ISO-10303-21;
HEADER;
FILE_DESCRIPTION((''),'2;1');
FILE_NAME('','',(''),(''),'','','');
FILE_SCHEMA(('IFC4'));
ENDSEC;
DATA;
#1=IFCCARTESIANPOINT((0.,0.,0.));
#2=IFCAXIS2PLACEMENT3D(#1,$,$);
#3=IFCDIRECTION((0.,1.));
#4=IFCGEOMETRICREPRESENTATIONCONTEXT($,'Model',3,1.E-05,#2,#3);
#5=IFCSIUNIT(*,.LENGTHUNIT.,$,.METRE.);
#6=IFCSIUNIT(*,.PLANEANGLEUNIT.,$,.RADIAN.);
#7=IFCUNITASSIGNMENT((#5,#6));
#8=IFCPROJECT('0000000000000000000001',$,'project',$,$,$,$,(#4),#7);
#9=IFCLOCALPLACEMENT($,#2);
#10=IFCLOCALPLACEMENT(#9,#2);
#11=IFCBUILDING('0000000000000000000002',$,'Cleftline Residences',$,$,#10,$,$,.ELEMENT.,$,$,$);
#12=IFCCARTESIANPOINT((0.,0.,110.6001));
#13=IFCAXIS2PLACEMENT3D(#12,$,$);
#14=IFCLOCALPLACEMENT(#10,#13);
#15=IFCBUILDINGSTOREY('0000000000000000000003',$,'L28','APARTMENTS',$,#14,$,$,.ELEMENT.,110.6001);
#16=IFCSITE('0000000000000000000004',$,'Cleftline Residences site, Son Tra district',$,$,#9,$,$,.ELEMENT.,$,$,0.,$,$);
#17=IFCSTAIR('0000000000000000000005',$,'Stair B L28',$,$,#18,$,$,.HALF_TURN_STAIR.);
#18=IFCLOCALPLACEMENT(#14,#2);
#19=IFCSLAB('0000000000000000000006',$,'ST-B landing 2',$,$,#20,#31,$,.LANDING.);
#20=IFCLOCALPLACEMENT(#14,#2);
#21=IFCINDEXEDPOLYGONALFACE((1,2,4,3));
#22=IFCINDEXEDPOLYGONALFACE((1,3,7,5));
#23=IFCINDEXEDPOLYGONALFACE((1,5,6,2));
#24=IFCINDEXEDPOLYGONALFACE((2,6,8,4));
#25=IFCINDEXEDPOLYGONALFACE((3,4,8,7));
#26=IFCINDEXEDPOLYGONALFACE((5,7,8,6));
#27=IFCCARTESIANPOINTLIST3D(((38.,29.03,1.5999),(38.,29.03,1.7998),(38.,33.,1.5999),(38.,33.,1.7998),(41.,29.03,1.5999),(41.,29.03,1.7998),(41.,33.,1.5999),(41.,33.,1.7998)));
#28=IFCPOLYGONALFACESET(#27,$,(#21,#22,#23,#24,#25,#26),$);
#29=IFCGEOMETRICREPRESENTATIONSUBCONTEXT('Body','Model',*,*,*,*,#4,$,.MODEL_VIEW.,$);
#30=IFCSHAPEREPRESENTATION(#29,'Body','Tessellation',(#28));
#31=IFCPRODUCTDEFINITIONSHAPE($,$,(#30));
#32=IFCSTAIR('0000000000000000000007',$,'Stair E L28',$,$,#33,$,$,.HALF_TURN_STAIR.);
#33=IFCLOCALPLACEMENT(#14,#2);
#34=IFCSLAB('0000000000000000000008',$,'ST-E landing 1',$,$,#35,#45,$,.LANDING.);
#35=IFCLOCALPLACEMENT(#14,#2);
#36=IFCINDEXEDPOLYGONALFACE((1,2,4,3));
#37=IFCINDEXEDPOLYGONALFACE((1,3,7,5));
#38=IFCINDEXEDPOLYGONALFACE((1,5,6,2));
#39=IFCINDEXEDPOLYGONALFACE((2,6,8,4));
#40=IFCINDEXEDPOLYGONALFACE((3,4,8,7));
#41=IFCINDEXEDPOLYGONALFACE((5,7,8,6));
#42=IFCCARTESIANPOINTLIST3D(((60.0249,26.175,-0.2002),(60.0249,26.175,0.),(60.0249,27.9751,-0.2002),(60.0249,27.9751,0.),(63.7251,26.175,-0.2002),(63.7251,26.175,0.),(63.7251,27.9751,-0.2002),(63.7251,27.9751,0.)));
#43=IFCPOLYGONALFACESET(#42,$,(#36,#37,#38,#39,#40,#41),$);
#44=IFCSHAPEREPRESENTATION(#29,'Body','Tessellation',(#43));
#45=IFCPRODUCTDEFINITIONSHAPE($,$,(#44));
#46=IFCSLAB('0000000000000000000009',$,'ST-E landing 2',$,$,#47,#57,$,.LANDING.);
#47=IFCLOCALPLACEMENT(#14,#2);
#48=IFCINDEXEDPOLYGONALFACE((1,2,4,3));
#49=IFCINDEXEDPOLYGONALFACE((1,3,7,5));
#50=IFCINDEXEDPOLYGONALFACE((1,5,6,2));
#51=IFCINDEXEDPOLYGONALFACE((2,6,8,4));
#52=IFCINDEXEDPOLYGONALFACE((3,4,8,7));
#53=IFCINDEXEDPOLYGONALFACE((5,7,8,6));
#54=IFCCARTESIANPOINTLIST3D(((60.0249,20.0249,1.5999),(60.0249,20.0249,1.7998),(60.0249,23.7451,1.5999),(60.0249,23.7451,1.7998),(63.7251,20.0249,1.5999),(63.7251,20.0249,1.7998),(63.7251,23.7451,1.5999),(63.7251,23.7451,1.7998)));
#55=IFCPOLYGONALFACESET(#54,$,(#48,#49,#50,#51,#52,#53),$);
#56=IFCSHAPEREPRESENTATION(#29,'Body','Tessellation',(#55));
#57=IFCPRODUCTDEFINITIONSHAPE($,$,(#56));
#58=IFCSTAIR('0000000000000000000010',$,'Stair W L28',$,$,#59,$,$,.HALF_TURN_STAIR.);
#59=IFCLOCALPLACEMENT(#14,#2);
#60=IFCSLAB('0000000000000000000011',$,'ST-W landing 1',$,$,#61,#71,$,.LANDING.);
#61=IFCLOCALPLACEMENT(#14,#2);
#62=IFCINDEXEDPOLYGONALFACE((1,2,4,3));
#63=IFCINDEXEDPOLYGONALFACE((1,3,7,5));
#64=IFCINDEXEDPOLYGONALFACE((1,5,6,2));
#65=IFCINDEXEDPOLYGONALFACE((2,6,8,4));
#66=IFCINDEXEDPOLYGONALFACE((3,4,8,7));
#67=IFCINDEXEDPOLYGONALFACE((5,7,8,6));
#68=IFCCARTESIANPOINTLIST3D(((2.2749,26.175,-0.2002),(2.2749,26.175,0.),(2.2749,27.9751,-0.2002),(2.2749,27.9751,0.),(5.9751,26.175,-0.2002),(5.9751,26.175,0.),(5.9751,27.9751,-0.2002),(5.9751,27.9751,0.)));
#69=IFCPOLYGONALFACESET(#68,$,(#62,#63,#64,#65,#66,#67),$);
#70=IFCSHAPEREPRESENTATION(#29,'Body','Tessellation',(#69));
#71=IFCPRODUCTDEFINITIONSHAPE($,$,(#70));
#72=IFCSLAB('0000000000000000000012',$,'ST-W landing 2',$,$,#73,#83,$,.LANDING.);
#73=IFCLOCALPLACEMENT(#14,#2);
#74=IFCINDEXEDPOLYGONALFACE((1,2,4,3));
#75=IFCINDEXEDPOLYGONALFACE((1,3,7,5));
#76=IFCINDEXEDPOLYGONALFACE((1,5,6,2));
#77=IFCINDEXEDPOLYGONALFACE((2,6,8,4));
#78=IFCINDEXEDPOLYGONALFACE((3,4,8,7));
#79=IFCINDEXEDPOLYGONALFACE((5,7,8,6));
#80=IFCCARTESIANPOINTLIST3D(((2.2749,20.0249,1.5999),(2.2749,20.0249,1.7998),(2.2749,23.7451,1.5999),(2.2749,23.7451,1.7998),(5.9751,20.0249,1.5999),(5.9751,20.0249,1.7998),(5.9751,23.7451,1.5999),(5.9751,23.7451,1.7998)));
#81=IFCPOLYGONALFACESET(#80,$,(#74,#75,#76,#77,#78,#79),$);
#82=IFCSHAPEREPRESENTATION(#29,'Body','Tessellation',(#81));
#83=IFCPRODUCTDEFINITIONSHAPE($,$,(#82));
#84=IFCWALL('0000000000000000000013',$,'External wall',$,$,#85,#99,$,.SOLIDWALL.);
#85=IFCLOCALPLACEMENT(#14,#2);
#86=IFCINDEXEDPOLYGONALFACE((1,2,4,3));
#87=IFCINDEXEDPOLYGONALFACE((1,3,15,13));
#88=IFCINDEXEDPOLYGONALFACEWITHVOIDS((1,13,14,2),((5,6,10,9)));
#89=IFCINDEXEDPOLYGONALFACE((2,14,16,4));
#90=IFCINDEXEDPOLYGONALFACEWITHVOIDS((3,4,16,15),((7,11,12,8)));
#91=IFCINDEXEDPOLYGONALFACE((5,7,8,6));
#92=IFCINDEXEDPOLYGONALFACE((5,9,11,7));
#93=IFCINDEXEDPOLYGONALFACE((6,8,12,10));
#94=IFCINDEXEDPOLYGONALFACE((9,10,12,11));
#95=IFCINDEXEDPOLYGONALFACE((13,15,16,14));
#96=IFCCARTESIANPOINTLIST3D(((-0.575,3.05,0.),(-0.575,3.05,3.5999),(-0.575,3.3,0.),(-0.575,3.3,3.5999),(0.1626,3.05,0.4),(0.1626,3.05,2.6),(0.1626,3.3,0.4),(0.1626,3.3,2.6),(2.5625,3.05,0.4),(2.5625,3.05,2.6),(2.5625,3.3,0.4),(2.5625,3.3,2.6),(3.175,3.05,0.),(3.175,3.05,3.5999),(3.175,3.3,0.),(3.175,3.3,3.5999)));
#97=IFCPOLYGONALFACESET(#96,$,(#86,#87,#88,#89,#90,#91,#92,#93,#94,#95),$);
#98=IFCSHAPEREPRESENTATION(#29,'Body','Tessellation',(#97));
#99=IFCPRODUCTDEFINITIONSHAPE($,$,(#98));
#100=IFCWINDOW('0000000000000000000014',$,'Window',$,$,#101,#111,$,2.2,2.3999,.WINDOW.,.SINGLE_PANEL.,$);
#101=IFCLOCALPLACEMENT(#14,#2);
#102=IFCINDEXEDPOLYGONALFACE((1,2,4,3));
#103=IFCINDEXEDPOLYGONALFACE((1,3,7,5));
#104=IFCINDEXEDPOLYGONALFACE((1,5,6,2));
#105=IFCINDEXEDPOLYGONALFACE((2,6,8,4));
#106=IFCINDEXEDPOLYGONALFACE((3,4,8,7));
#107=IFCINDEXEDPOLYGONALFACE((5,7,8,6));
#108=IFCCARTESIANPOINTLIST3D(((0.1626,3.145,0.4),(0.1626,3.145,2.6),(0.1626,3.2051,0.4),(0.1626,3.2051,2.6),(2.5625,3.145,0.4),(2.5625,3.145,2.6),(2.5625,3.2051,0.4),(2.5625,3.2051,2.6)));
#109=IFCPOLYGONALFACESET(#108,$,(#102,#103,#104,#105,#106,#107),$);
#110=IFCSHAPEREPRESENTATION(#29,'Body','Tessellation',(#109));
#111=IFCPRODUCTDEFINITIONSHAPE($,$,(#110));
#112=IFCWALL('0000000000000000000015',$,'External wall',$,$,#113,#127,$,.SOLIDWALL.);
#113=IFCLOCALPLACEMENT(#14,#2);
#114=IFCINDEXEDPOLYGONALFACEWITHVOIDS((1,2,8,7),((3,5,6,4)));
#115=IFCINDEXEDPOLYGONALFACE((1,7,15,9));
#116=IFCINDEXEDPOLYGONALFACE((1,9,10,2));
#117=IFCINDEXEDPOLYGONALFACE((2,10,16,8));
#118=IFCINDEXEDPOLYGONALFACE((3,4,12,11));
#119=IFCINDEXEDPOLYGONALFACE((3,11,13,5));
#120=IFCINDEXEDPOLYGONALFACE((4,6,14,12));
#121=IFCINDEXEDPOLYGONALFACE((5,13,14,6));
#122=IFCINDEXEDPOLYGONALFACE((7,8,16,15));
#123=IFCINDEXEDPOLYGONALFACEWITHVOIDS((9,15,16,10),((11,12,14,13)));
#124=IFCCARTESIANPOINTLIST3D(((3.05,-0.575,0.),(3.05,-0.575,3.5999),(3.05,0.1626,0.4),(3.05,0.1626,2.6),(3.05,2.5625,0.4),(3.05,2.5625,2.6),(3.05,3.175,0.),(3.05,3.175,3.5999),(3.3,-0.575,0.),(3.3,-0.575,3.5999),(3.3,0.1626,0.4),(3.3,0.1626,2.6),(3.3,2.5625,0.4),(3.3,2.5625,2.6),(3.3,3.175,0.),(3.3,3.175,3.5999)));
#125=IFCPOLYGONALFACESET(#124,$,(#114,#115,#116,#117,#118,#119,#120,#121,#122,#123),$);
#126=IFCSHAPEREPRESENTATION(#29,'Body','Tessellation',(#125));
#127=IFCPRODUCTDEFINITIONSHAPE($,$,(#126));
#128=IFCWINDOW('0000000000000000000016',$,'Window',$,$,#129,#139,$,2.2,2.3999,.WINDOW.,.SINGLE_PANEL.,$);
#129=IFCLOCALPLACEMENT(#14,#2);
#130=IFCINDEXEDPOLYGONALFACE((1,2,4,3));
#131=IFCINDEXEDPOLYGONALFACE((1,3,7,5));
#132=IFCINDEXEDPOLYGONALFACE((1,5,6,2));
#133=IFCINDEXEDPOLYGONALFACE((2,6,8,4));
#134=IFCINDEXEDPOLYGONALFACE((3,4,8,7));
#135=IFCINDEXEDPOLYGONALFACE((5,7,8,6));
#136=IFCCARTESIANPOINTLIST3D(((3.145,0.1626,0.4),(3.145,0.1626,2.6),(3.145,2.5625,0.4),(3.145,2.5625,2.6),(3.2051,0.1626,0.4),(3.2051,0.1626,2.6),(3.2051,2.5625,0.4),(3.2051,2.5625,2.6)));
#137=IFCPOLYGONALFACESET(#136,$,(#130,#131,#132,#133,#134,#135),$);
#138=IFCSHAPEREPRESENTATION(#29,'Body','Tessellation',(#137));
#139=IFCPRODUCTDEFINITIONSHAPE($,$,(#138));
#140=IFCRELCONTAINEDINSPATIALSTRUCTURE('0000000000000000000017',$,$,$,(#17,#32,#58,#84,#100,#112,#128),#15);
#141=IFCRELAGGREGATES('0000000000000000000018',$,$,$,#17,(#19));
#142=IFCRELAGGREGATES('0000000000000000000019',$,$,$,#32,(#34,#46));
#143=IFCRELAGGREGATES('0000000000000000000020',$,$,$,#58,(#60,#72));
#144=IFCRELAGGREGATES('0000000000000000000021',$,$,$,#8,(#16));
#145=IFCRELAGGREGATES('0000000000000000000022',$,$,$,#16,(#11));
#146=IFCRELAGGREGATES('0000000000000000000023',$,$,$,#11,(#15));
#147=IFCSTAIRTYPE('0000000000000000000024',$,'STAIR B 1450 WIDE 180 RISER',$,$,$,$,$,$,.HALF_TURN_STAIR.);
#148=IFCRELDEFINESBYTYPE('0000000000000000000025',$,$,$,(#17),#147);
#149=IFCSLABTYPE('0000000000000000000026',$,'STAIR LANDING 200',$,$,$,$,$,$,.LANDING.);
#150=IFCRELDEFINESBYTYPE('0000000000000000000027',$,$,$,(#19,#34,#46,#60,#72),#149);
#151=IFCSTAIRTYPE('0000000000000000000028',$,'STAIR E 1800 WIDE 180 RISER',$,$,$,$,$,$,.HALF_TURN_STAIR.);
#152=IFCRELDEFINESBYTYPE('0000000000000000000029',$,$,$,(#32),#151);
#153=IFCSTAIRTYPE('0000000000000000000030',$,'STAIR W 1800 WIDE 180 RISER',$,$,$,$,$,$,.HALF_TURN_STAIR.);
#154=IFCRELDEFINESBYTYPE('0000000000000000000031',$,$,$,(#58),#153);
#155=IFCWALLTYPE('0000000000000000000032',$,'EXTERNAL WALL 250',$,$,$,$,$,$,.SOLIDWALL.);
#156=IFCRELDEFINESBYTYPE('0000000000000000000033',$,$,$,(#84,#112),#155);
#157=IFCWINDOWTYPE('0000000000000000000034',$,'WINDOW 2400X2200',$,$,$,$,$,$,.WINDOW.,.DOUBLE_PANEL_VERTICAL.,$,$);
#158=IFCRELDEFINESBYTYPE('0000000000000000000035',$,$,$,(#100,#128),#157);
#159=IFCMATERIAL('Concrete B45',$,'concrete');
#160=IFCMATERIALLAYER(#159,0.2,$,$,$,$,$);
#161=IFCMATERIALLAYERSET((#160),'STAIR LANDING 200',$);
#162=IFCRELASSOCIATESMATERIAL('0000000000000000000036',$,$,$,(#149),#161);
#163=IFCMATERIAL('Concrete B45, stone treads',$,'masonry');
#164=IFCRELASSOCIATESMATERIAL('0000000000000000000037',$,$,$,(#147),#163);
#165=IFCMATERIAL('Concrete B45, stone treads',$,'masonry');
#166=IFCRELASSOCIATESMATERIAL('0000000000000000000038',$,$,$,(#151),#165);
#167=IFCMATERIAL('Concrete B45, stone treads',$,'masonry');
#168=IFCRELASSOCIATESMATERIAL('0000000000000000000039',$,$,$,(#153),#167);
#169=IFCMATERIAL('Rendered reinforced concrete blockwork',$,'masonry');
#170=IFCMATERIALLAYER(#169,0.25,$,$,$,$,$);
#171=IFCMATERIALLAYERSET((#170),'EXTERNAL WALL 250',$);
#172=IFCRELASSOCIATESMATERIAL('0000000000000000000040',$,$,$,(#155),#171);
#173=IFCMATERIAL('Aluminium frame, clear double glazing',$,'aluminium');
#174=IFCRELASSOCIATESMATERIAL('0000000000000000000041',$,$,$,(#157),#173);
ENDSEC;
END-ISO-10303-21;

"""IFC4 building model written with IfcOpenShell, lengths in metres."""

from ifc_helpers import new_model, si_unit, direction, frame, frame_2d, origin, place, context, subcontext, project, spatial, polyline, rectangle, outline, extrude, material, layer, layer_set, type_object, element, fill, aggregate, save


model = new_model("IFC4")

# Units and contexts
model_context = context("Model", 3, precision=1e-05, world=origin(), true_north=direction((0.0, 1.0)))
body_context = subcontext(model_context, "Body", "Model", "MODEL_VIEW")
ifc_project = project(units=[si_unit("LENGTHUNIT", "METRE"), si_unit("PLANEANGLEUNIT", "RADIAN")], contexts=[model_context])

# Site, building, storey
site_placement = place(None, origin())
site = spatial("IfcSite", under=ifc_project, at=site_placement, Name="Cleftline Residences site, Son Tra district", CompositionType="ELEMENT", RefElevation=0.0)
building_placement = place(site_placement, origin())
building = spatial("IfcBuilding", under=site, at=building_placement, Name="Cleftline Residences", CompositionType="ELEMENT")
storey_placement = place(building_placement, frame((0.0, 0.0, 110.6001)))
storey = spatial("IfcBuildingStorey", under=building, at=storey_placement, Name="L28", Description="APARTMENTS", CompositionType="ELEMENT", Elevation=110.6001)

# Stairs, slabs
ifc_material_1 = material(Name="Concrete B45", Category="concrete")
ifc_layer_1 = layer(ifc_material_1, 0.2)
ifc_layer_set_1 = layer_set([ifc_layer_1], Name="STAIR LANDING 200")
slab_type_1 = type_object("IfcSlabType", Name="STAIR LANDING 200", PredefinedType="LANDING", material=ifc_layer_set_1)
ifc_material_2 = material(Name="Concrete B45, stone treads", Category="masonry")
stair_type_1 = type_object("IfcStairType", Name="STAIR B 1450 WIDE 180 RISER", PredefinedType="HALF_TURN_STAIR", material=ifc_material_2)
stair_1_placement = place(storey_placement, origin())
stair_1 = element("IfcStair", 1, at=stair_1_placement, inside=storey, type_object=stair_type_1, Name="Stair B L28", PredefinedType="HALF_TURN_STAIR")
slab_1_placement = place(storey_placement, frame((0.0, 0.0, 1.5999)))
slab_1 = element("IfcSlab", 2, at=slab_1_placement, type_object=slab_type_1, Name="ST-B landing 2", PredefinedType="LANDING", context=body_context, shape_type="SweptSolid", body=[
    extrude(outline(polyline([(38.0, 29.03), (41.0, 29.03), (41.0, 33.0), (38.0, 33.0), (38.0, 29.03)])), origin(), (0.0, 0.0, 1.0), 0.2),
])
aggregate(stair_1, [slab_1])
ifc_material_3 = material(Name="Concrete B45, stone treads", Category="masonry")
stair_type_2 = type_object("IfcStairType", Name="STAIR E 1800 WIDE 180 RISER", PredefinedType="HALF_TURN_STAIR", material=ifc_material_3)
stair_2_placement = place(storey_placement, origin())
stair_2 = element("IfcStair", 3, at=stair_2_placement, inside=storey, type_object=stair_type_2, Name="Stair E L28", PredefinedType="HALF_TURN_STAIR")
slab_2_placement = place(storey_placement, frame((0.0, 0.0, -0.2002)))
slab_2 = element("IfcSlab", 4, at=slab_2_placement, type_object=slab_type_1, Name="ST-E landing 1", PredefinedType="LANDING", context=body_context, shape_type="SweptSolid", body=[
    extrude(outline(polyline([(60.0249, 26.175), (63.7251, 26.175), (63.7251, 27.9751), (60.0249, 27.9751), (60.0249, 26.175)])), origin(), (0.0, 0.0, 1.0), 0.2002),
])
slab_3_placement = place(storey_placement, frame((0.0, 0.0, 1.5999)))
slab_3 = element("IfcSlab", 5, at=slab_3_placement, type_object=slab_type_1, Name="ST-E landing 2", PredefinedType="LANDING", context=body_context, shape_type="SweptSolid", body=[
    extrude(outline(polyline([(60.0249, 20.0249), (63.7251, 20.0249), (63.7251, 23.7451), (60.0249, 23.7451), (60.0249, 20.0249)])), origin(), (0.0, 0.0, 1.0), 0.2),
])
aggregate(stair_2, [slab_2, slab_3])
ifc_material_4 = material(Name="Concrete B45, stone treads", Category="masonry")
stair_type_3 = type_object("IfcStairType", Name="STAIR W 1800 WIDE 180 RISER", PredefinedType="HALF_TURN_STAIR", material=ifc_material_4)
stair_3_placement = place(storey_placement, origin())
stair_3 = element("IfcStair", 6, at=stair_3_placement, inside=storey, type_object=stair_type_3, Name="Stair W L28", PredefinedType="HALF_TURN_STAIR")
slab_4_placement = place(storey_placement, frame((0.0, 0.0, -0.2002)))
slab_4 = element("IfcSlab", 7, at=slab_4_placement, type_object=slab_type_1, Name="ST-W landing 1", PredefinedType="LANDING", context=body_context, shape_type="SweptSolid", body=[
    extrude(outline(polyline([(2.2749, 26.175), (5.9751, 26.175), (5.9751, 27.9751), (2.2749, 27.9751), (2.2749, 26.175)])), origin(), (0.0, 0.0, 1.0), 0.2002),
])
slab_5_placement = place(storey_placement, frame((0.0, 0.0, 1.5999)))
slab_5 = element("IfcSlab", 8, at=slab_5_placement, type_object=slab_type_1, Name="ST-W landing 2", PredefinedType="LANDING", context=body_context, shape_type="SweptSolid", body=[
    extrude(outline(polyline([(2.2749, 20.0249), (5.9751, 20.0249), (5.9751, 23.7451), (2.2749, 23.7451), (2.2749, 20.0249)])), origin(), (0.0, 0.0, 1.0), 0.2),
])
aggregate(stair_3, [slab_4, slab_5])

# Walls, openings, windows
ifc_material_5 = material(Name="Rendered reinforced concrete blockwork", Category="masonry")
ifc_layer_2 = layer(ifc_material_5, 0.25)
ifc_layer_set_2 = layer_set([ifc_layer_2], Name="EXTERNAL WALL 250")
wall_type_1 = type_object("IfcWallType", Name="EXTERNAL WALL 250", PredefinedType="SOLIDWALL", material=ifc_layer_set_2)
wall_1_placement = place(storey_placement, frame((-0.575, 3.175, 0.0), z_axis=(0.0, 0.0, 1.0), x_axis=(1.0, 0.0, 0.0)))
wall_1 = element("IfcWall", 9, at=wall_1_placement, inside=storey, type_object=wall_type_1, Name="External wall", PredefinedType="SOLIDWALL", context=body_context, shape_type="SweptSolid", body=[
    extrude(rectangle(XDim=3.75, YDim=0.25, at=frame_2d((1.875, 0.0))), origin(), (0.0, 0.0, 1.0), 3.5999),
])
opening_1_placement = place(wall_1_placement, frame((0.7375, 0.0, 0.3999)))
opening_1 = element("IfcOpeningElement", 10, at=opening_1_placement, cuts=wall_1, PredefinedType="OPENING", context=body_context, shape_type="SweptSolid", body=[
    extrude(rectangle(XDim=2.3999, YDim=2.2, at=frame_2d((1.2, 1.1001))), frame((0.0, 0.135, 0.0), z_axis=(0.0, -1.0, 0.0), x_axis=(1.0, 0.0, 0.0)), (0.0, 0.0, 1.0), 0.27),
])
ifc_material_6 = material(Name="Aluminium frame, clear double glazing", Category="aluminium")
window_type_1 = type_object("IfcWindowType", Name="WINDOW 2400X2200", PartitioningType="DOUBLE_PANEL_VERTICAL", PredefinedType="WINDOW", material=ifc_material_6)
window_1_placement = place(opening_1_placement, origin())
window_1 = element("IfcWindow", 11, at=window_1_placement, inside=storey, type_object=window_type_1, Name="Window", OverallHeight=2.2, OverallWidth=2.3999, PartitioningType="SINGLE_PANEL", PredefinedType="WINDOW", context=body_context, shape_type="SweptSolid", body=[
    extrude(rectangle(XDim=2.3999, YDim=2.2, at=frame_2d((1.2, 1.1001))), frame((0.0, 0.03, 0.0), z_axis=(0.0, -1.0, 0.0), x_axis=(1.0, 0.0, 0.0)), (0.0, 0.0, 1.0), 0.0601),
])
fill(opening_1, window_1)
wall_2_placement = place(storey_placement, frame((3.175, 3.175, 0.0), z_axis=(0.0, 0.0, 1.0), x_axis=(0.0, -1.0, 0.0)))
wall_2 = element("IfcWall", 12, at=wall_2_placement, inside=storey, type_object=wall_type_1, Name="External wall", PredefinedType="SOLIDWALL", context=body_context, shape_type="SweptSolid", body=[
    extrude(rectangle(XDim=3.75, YDim=0.25, at=frame_2d((1.875, 0.0))), origin(), (0.0, 0.0, 1.0), 3.5999),
])
opening_2_placement = place(wall_2_placement, frame((0.6125, 0.0, 0.3999)))
opening_2 = element("IfcOpeningElement", 13, at=opening_2_placement, cuts=wall_2, PredefinedType="OPENING", context=body_context, shape_type="SweptSolid", body=[
    extrude(rectangle(XDim=2.3999, YDim=2.2, at=frame_2d((1.2, 1.1001))), frame((0.0, 0.135, 0.0), z_axis=(0.0, -1.0, 0.0), x_axis=(1.0, 0.0, 0.0)), (0.0, 0.0, 1.0), 0.27),
])
window_2_placement = place(opening_2_placement, origin())
window_2 = element("IfcWindow", 14, at=window_2_placement, inside=storey, type_object=window_type_1, Name="Window", OverallHeight=2.2, OverallWidth=2.3999, PartitioningType="SINGLE_PANEL", PredefinedType="WINDOW", context=body_context, shape_type="SweptSolid", body=[
    extrude(rectangle(XDim=2.3999, YDim=2.2, at=frame_2d((1.2, 1.1001))), frame((0.0, 0.03, 0.0), z_axis=(0.0, -1.0, 0.0), x_axis=(1.0, 0.0, 0.0)), (0.0, 0.0, 1.0), 0.0601),
])
fill(opening_2, window_2)

save(model, "model.ifc")
